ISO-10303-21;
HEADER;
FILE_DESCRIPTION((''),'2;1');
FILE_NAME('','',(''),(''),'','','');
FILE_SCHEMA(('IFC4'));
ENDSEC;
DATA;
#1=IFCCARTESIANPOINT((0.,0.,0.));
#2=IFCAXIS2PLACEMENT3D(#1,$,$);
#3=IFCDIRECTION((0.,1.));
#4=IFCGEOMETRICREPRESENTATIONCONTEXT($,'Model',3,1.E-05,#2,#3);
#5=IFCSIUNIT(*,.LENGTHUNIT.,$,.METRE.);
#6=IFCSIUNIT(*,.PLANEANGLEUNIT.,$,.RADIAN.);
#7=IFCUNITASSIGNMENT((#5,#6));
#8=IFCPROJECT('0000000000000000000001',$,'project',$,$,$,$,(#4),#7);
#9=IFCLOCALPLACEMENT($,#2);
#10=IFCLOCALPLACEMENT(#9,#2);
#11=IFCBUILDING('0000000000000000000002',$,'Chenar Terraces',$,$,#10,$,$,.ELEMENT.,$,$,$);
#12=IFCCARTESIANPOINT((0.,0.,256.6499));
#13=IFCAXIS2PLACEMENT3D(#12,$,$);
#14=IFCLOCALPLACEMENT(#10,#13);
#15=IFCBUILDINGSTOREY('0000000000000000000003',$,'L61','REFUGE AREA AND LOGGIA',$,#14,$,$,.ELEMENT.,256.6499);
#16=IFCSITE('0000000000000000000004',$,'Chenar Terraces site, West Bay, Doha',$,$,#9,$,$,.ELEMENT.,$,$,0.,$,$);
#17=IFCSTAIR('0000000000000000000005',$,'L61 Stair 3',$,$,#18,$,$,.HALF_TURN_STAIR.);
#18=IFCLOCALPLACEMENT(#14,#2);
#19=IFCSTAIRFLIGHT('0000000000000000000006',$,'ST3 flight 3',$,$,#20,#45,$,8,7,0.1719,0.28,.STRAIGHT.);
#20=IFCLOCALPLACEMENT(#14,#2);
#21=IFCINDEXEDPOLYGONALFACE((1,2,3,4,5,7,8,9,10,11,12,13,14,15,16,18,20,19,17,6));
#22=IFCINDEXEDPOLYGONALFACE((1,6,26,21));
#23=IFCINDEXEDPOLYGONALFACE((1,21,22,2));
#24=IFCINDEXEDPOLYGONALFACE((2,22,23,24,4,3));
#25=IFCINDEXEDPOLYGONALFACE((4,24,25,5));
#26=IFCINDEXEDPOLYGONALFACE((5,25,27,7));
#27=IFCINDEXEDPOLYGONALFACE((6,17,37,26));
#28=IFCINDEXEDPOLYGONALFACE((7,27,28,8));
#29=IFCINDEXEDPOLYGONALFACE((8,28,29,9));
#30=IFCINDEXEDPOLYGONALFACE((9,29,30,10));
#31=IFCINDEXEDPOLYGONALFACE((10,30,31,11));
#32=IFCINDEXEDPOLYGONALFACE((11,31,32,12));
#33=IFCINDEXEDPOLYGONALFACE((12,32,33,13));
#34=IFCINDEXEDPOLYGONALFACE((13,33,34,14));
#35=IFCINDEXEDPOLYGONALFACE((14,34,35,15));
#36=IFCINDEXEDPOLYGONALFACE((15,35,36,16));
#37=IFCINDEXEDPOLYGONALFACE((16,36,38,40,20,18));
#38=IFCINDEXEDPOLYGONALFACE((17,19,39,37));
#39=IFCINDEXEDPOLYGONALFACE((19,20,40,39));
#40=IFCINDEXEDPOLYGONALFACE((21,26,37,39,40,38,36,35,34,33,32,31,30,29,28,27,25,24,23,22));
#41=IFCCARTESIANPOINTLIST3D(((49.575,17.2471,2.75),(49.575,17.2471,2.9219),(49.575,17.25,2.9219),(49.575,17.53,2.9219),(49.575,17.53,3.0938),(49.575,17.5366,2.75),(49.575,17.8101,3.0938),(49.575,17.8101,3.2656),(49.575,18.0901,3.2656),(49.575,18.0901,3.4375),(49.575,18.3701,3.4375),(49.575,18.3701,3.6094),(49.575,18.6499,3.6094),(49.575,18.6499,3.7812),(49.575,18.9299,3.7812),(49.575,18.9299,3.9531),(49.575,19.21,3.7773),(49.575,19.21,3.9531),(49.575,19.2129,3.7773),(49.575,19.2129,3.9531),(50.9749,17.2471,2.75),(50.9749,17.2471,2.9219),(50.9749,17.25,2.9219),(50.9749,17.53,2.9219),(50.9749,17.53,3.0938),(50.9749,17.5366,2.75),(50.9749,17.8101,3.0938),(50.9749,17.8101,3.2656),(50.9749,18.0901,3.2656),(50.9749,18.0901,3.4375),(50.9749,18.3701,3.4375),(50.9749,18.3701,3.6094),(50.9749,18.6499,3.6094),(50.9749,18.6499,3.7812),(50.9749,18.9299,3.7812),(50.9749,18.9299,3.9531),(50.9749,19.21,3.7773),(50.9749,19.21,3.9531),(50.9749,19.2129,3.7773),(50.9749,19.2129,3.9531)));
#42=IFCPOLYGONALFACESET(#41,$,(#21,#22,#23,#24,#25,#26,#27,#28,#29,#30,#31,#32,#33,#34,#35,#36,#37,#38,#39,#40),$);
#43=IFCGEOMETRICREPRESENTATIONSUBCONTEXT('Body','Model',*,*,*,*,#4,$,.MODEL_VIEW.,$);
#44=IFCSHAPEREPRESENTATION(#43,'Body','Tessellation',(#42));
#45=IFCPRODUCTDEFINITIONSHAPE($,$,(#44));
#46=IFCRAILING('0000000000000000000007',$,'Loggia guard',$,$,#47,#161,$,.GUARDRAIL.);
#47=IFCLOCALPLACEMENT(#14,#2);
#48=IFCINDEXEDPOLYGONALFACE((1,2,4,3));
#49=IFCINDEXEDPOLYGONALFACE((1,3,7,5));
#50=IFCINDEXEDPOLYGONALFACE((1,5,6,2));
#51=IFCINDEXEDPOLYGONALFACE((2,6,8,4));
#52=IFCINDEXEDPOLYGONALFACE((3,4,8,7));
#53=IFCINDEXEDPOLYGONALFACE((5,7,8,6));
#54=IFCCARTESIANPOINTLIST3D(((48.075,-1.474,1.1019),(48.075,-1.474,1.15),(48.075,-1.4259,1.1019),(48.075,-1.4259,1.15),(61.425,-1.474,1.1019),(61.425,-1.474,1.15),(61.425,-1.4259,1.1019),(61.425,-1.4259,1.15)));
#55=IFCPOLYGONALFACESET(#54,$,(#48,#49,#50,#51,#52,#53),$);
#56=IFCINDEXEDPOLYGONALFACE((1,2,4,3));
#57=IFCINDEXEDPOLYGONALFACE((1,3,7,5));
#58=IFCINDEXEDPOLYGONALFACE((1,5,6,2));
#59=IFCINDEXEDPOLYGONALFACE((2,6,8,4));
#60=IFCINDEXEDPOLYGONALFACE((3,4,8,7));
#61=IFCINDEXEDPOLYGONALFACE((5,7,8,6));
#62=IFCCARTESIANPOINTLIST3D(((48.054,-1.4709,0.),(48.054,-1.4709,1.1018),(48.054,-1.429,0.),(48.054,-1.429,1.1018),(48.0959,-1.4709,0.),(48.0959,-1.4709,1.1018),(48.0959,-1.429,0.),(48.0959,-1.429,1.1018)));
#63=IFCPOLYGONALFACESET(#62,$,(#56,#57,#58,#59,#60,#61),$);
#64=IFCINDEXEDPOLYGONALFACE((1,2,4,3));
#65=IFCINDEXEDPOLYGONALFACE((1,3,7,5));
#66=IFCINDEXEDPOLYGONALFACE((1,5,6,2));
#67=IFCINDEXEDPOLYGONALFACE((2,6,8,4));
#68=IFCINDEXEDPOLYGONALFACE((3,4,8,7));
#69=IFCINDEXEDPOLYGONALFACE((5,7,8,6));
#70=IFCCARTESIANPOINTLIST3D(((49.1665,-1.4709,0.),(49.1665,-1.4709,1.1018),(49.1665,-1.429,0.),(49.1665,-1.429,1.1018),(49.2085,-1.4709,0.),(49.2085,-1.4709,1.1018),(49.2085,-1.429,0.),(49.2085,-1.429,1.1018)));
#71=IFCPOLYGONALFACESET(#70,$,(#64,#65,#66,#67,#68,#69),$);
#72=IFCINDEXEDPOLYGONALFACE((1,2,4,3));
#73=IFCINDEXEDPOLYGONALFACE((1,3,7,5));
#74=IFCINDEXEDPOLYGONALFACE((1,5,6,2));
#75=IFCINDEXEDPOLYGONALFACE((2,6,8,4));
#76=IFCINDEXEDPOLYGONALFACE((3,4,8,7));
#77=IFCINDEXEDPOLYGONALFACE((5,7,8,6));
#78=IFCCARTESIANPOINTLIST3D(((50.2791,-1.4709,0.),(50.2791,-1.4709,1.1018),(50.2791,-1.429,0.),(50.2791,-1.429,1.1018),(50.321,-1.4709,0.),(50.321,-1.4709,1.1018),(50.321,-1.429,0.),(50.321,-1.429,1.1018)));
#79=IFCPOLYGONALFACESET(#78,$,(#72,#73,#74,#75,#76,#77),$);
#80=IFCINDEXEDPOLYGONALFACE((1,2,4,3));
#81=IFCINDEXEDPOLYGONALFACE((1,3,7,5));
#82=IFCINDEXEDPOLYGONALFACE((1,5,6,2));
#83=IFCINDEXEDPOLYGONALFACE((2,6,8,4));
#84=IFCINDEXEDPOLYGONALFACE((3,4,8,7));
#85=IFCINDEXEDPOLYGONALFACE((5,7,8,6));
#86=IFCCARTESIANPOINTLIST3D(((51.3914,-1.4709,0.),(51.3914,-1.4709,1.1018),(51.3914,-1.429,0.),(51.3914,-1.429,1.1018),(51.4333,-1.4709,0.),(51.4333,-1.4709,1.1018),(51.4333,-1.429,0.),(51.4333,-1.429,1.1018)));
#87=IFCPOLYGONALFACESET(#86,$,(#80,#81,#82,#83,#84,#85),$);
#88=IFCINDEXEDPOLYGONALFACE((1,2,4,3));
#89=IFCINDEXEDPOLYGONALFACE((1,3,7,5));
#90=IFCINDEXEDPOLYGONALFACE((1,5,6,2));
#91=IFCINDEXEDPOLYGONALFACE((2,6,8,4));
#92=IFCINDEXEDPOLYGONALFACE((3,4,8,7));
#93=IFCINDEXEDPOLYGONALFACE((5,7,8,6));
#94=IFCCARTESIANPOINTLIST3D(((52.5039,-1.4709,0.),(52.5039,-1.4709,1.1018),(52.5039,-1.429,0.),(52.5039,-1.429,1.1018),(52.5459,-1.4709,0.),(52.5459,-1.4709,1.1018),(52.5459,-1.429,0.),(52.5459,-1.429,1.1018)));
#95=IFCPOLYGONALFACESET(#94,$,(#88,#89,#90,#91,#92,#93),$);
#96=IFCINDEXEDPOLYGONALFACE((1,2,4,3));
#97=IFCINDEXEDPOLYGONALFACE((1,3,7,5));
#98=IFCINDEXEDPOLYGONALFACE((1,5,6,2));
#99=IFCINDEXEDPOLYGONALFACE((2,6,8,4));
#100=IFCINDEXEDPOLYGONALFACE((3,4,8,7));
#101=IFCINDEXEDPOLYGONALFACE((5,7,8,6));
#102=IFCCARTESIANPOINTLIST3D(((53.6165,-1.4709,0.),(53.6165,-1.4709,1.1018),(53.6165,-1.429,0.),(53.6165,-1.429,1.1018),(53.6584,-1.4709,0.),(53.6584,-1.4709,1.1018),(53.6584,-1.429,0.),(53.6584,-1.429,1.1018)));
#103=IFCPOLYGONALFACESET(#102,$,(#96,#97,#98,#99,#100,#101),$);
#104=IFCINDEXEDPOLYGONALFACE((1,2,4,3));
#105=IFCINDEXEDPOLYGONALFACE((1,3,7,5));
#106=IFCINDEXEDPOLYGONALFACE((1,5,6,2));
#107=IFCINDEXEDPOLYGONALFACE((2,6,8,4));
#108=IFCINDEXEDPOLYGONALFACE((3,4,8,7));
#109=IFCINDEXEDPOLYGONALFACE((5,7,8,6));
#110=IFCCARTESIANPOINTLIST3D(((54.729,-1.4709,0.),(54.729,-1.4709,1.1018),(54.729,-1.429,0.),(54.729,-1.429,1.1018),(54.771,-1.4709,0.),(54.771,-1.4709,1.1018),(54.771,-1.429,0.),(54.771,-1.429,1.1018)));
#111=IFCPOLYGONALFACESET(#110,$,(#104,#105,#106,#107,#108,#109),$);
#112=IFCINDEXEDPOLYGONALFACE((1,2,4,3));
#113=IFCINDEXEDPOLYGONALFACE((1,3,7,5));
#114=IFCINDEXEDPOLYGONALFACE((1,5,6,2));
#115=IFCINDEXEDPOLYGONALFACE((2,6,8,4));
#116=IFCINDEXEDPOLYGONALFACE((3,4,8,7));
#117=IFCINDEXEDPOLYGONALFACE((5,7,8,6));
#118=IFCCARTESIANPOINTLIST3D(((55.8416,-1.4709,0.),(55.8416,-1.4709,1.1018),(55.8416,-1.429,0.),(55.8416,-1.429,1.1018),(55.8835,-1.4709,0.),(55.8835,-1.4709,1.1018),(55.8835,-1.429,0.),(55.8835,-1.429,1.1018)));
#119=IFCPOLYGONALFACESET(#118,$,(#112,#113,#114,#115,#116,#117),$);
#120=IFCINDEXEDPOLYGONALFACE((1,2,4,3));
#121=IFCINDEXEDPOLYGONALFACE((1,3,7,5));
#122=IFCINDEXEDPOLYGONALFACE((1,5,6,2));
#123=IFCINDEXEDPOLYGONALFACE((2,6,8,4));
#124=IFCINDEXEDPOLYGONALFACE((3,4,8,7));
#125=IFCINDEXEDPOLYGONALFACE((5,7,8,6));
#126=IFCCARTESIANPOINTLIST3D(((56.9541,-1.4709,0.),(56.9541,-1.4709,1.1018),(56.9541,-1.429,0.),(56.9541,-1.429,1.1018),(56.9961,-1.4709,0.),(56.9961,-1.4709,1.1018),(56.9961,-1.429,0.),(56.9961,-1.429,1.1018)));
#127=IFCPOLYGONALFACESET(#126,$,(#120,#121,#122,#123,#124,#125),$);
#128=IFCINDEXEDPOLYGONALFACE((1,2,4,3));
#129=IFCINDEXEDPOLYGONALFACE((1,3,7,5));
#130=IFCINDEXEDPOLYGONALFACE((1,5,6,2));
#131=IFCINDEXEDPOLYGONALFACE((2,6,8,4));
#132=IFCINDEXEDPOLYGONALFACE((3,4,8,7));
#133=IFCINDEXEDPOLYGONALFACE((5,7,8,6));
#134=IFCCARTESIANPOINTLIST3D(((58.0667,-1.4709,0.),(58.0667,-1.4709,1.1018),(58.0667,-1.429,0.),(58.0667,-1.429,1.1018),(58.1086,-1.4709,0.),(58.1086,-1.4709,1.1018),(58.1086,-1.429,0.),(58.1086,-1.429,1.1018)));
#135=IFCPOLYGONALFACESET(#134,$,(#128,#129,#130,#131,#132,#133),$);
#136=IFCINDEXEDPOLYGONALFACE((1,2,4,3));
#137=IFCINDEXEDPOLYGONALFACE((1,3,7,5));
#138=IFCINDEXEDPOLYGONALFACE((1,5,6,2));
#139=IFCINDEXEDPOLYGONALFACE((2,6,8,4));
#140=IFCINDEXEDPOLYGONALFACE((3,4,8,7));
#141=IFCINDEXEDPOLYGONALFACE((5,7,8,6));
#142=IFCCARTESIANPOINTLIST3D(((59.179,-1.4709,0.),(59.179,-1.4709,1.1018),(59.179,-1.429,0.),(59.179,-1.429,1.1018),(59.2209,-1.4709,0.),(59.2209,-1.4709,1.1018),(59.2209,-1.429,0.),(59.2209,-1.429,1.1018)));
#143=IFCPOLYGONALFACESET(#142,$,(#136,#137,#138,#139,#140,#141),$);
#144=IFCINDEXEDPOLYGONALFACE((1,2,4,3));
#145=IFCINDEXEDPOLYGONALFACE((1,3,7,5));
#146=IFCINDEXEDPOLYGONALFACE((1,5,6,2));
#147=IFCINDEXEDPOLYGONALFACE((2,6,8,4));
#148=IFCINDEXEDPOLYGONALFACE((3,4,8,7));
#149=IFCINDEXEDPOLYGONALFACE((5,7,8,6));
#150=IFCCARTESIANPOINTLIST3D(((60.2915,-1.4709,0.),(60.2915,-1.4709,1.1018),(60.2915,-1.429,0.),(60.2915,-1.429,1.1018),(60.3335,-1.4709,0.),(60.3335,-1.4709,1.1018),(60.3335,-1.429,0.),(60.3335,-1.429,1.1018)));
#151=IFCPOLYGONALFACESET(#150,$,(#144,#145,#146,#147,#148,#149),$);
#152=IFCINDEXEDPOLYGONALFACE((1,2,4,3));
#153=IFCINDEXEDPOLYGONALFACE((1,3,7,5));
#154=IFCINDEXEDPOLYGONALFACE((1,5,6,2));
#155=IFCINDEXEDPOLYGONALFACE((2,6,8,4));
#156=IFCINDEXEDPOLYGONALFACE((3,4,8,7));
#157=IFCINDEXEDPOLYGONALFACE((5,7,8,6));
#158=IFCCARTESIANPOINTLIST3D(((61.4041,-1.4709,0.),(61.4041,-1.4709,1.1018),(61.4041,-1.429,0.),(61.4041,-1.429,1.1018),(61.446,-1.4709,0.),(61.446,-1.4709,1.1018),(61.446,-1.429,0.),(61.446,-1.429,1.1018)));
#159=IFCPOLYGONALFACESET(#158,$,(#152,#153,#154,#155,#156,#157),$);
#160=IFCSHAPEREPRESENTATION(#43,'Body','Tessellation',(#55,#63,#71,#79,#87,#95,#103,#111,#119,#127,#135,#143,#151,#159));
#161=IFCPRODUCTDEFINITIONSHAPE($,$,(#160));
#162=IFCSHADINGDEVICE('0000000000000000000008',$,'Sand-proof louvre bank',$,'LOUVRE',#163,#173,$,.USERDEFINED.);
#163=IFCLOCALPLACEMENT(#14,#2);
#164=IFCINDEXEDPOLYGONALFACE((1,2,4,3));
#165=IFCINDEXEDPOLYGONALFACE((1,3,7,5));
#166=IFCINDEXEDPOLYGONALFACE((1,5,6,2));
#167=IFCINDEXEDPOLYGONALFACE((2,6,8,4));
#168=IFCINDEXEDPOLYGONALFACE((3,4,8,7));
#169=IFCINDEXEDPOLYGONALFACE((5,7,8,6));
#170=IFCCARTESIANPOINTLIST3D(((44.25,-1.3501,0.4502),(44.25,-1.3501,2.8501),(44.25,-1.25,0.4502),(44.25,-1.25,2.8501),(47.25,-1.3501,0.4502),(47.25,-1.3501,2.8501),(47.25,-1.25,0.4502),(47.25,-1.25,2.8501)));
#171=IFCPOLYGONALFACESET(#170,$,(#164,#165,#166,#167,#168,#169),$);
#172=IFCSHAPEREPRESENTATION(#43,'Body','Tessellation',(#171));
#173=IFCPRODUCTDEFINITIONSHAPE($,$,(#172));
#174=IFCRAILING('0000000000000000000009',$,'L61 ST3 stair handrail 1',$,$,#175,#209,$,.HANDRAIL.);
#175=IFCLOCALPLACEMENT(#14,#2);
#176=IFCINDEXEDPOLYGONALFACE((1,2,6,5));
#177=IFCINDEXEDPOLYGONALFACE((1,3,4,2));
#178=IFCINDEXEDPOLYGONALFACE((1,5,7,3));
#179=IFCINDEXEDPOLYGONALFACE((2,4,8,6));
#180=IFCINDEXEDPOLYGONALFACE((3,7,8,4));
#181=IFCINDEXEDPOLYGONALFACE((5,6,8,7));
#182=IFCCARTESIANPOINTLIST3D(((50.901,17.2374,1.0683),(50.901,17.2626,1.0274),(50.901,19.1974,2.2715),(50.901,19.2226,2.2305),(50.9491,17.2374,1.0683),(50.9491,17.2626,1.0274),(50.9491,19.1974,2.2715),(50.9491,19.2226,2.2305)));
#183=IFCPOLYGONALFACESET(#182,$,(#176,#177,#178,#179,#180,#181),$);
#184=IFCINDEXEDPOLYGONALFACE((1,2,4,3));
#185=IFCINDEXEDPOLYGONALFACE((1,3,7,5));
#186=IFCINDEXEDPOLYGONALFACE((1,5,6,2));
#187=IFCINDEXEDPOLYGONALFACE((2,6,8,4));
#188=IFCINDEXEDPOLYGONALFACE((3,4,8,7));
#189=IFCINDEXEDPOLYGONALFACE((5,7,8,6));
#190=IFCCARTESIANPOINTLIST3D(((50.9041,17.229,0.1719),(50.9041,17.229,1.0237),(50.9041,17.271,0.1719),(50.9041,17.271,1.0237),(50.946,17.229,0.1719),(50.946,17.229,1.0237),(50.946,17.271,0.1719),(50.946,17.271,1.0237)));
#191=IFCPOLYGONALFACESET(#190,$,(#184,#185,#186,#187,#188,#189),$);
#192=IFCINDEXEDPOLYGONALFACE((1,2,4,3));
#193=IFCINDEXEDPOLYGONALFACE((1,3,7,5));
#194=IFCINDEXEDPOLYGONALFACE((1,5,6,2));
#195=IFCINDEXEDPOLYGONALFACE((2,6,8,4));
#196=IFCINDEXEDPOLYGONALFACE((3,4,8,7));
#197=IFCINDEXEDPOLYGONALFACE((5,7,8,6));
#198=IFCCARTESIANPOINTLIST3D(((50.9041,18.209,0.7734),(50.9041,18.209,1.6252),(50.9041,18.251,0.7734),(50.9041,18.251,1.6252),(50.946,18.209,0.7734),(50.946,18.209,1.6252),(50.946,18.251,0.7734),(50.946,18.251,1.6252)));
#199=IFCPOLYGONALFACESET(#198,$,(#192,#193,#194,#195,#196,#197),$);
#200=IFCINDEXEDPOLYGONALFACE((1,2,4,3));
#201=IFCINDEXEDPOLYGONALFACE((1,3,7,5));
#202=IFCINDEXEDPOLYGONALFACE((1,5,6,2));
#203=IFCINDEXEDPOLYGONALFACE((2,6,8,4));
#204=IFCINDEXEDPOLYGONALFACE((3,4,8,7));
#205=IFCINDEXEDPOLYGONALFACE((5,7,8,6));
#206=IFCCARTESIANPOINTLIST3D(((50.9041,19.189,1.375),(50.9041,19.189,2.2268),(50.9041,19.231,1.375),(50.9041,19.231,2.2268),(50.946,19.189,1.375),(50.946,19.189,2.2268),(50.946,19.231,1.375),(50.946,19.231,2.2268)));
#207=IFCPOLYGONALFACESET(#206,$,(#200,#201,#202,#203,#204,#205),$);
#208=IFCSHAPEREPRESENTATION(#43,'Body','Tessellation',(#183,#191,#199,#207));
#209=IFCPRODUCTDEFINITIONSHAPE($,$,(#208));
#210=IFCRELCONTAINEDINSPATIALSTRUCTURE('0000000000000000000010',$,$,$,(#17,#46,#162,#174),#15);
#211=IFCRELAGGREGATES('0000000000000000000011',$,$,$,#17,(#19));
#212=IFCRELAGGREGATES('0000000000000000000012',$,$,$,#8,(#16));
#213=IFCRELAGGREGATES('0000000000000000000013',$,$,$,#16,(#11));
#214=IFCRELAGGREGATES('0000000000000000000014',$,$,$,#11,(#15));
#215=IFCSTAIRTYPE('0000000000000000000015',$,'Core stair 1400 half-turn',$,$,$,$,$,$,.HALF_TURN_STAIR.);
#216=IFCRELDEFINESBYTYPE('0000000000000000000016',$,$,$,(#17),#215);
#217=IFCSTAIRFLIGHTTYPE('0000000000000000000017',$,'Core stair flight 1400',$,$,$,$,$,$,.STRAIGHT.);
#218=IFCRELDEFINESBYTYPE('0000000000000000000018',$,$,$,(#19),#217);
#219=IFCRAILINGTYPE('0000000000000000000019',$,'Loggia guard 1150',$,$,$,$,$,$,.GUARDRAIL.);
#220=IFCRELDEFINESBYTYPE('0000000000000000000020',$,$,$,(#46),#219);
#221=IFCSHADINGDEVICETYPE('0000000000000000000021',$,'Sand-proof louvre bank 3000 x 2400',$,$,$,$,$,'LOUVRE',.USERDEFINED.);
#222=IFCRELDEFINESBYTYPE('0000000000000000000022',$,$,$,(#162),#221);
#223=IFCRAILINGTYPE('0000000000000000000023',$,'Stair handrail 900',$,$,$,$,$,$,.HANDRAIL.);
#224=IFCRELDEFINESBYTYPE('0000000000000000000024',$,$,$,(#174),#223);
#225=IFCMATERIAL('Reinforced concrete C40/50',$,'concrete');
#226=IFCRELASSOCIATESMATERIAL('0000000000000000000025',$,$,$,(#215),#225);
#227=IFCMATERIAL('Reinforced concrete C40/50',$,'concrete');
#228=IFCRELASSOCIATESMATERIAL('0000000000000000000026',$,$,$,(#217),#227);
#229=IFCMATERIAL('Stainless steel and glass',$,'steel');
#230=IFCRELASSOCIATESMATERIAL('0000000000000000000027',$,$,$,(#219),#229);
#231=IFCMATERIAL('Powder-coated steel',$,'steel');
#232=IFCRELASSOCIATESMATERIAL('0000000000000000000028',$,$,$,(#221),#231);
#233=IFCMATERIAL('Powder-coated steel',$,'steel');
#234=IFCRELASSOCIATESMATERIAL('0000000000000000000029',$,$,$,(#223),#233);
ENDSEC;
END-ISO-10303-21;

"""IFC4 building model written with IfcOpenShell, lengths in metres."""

from ifc_helpers import new_model, si_unit, direction, frame, origin, origin_2d, place, context, subcontext, project, spatial, polyline, rectangle, outline, extrude, material, type_object, element, aggregate, save


model = new_model("IFC4")

# Units and contexts
model_context = context("Model", 3, precision=1e-05, world=origin(), true_north=direction((0.0, 1.0)))
body_context = subcontext(model_context, "Body", "Model", "MODEL_VIEW")
ifc_project = project(units=[si_unit("LENGTHUNIT", "METRE"), si_unit("PLANEANGLEUNIT", "RADIAN")], contexts=[model_context])

# Site, building, storey
site_placement = place(None, origin())
site = spatial("IfcSite", under=ifc_project, at=site_placement, Name="Chenar Terraces site, West Bay, Doha", CompositionType="ELEMENT", RefElevation=0.0)
building_placement = place(site_placement, origin())
building = spatial("IfcBuilding", under=site, at=building_placement, Name="Chenar Terraces", CompositionType="ELEMENT")
storey_placement = place(building_placement, frame((0.0, 0.0, 256.6499)))
storey = spatial("IfcBuildingStorey", under=building, at=storey_placement, Name="L61", Description="REFUGE AREA AND LOGGIA", CompositionType="ELEMENT", Elevation=256.6499)

# Stair, stair flight
ifc_material_1 = material(Name="Reinforced concrete C40/50", Category="concrete")
stair_type = type_object("IfcStairType", Name="Core stair 1400 half-turn", PredefinedType="HALF_TURN_STAIR", material=ifc_material_1)
stair_placement = place(storey_placement, origin())
stair = element("IfcStair", 1, at=stair_placement, inside=storey, type_object=stair_type, Name="L61 Stair 3", PredefinedType="HALF_TURN_STAIR")
ifc_material_2 = material(Name="Reinforced concrete C40/50", Category="concrete")
stair_flight_type = type_object("IfcStairFlightType", Name="Core stair flight 1400", PredefinedType="STRAIGHT", material=ifc_material_2)
stair_flight_1_placement = place(storey_placement, frame((50.2749, 17.25, 2.75), z_axis=(0.0, 0.0, 1.0), x_axis=(0.0, 1.0, 0.0)))
stair_flight_1 = element("IfcStairFlight", 2, at=stair_flight_1_placement, type_object=stair_flight_type, Name="ST3 flight 3", NumberOfRisers=8, NumberOfTreads=7, PredefinedType="STRAIGHT", RiserHeight=0.1719, TreadLength=0.28, context=body_context, shape_type="SweptSolid", body=[
    extrude(outline(polyline([(-0.0029, 0.0), (-0.0029, 0.1719), (0.0, 0.1719), (0.28, 0.1719), (0.28, 0.3438), (0.5601, 0.3438), (0.5601, 0.5156), (0.8401, 0.5156), (0.8401, 0.6875), (1.1201, 0.6875), (1.1201, 0.8594), (1.3999, 0.8594), (1.3999, 1.0312), (1.6799, 1.0312), (1.6799, 1.2031), (1.96, 1.2031), (1.9629, 1.2031), (1.9629, 1.0273), (1.96, 1.0273), (0.2866, 0.0), (-0.0029, 0.0)])), frame((0.0, 0.7, 0.0), z_axis=(0.0, -1.0, 0.0), x_axis=(1.0, 0.0, 0.0)), (0.0, 0.0, 1.0), 1.3999),
])
aggregate(stair, [stair_flight_1])

# Railing
ifc_material_3 = material(Name="Stainless steel and glass", Category="steel")
railing_type_1 = type_object("IfcRailingType", Name="Loggia guard 1150", PredefinedType="GUARDRAIL", material=ifc_material_3)
railing_1_placement = place(storey_placement, frame((48.075, -1.45, 0.0)))
element("IfcRailing", 3, at=railing_1_placement, inside=storey, type_object=railing_type_1, Name="Loggia guard", PredefinedType="GUARDRAIL", context=body_context, shape_type="SweptSolid", body=[
    extrude(rectangle(XDim=0.0481, YDim=0.0481, at=origin_2d()), frame((0.0, 0.0, 1.126), z_axis=(1.0, 0.0, 0.0), x_axis=(0.0, 1.0, 0.0)), (0.0, 0.0, 1.0), 13.3501),
    extrude(rectangle(XDim=0.042, YDim=0.042, at=origin_2d()), origin(), (0.0, 0.0, 1.0), 1.1018),
    extrude(rectangle(XDim=0.042, YDim=0.042, at=origin_2d()), frame((1.1125, 0.0, 0.0)), (0.0, 0.0, 1.0), 1.1018),
    extrude(rectangle(XDim=0.042, YDim=0.042, at=origin_2d()), frame((2.2251, 0.0, 0.0)), (0.0, 0.0, 1.0), 1.1018),
    extrude(rectangle(XDim=0.042, YDim=0.042, at=origin_2d()), frame((3.3374, 0.0, 0.0)), (0.0, 0.0, 1.0), 1.1018),
    extrude(rectangle(XDim=0.042, YDim=0.042, at=origin_2d()), frame((4.45, 0.0, 0.0)), (0.0, 0.0, 1.0), 1.1018),
    extrude(rectangle(XDim=0.042, YDim=0.042, at=origin_2d()), frame((5.5625, 0.0, 0.0)), (0.0, 0.0, 1.0), 1.1018),
    extrude(rectangle(XDim=0.042, YDim=0.042, at=origin_2d()), frame((6.675, 0.0, 0.0)), (0.0, 0.0, 1.0), 1.1018),
    extrude(rectangle(XDim=0.042, YDim=0.042, at=origin_2d()), frame((7.7876, 0.0, 0.0)), (0.0, 0.0, 1.0), 1.1018),
    extrude(rectangle(XDim=0.042, YDim=0.042, at=origin_2d()), frame((8.9001, 0.0, 0.0)), (0.0, 0.0, 1.0), 1.1018),
    extrude(rectangle(XDim=0.042, YDim=0.042, at=origin_2d()), frame((10.0127, 0.0, 0.0)), (0.0, 0.0, 1.0), 1.1018),
    extrude(rectangle(XDim=0.042, YDim=0.042, at=origin_2d()), frame((11.125, 0.0, 0.0)), (0.0, 0.0, 1.0), 1.1018),
    extrude(rectangle(XDim=0.042, YDim=0.042, at=origin_2d()), frame((12.2375, 0.0, 0.0)), (0.0, 0.0, 1.0), 1.1018),
    extrude(rectangle(XDim=0.042, YDim=0.042, at=origin_2d()), frame((13.3501, 0.0, 0.0)), (0.0, 0.0, 1.0), 1.1018),
])

# Shading device
ifc_material_4 = material(Name="Powder-coated steel", Category="steel")
shading_device_type = type_object("IfcShadingDeviceType", Name="Sand-proof louvre bank 3000 x 2400", ElementType="LOUVRE", PredefinedType="USERDEFINED", material=ifc_material_4)
shading_device_placement = place(storey_placement, frame((45.75, -1.3, 0.4502), z_axis=(0.0, 0.0, 1.0), x_axis=(1.0, 0.0, 0.0)))
element("IfcShadingDevice", 4, at=shading_device_placement, inside=storey, type_object=shading_device_type, Name="Sand-proof louvre bank", ObjectType="LOUVRE", PredefinedType="USERDEFINED", context=body_context, shape_type="SweptSolid", body=[
    extrude(rectangle(XDim=3.0, YDim=0.1001, at=origin_2d()), origin(), (0.0, 0.0, 1.0), 2.3999),
])

# Railing
ifc_material_5 = material(Name="Powder-coated steel", Category="steel")
railing_type_2 = type_object("IfcRailingType", Name="Stair handrail 900", PredefinedType="HANDRAIL", material=ifc_material_5)
railing_2_placement = place(storey_placement, frame((50.925, 17.25, 0.1719)))
element("IfcRailing", 5, at=railing_2_placement, inside=storey, type_object=railing_type_2, Name="L61 ST3 stair handrail 1", PredefinedType="HANDRAIL", context=body_context, shape_type="SweptSolid", body=[
    extrude(rectangle(XDim=0.0481, YDim=0.0481, at=origin_2d()), frame((0.0, 0.0, 0.876), z_axis=(0.0, 0.852241, 0.523149), x_axis=(-1.0, 0.0, 0.0)), (0.0, 0.0, 1.0), 2.2998),
    extrude(rectangle(XDim=0.042, YDim=0.042, at=origin_2d()), origin(), (0.0, 0.0, 1.0), 0.8518),
    extrude(rectangle(XDim=0.042, YDim=0.042, at=origin_2d()), frame((0.0, 0.98, 0.6016)), (0.0, 0.0, 1.0), 0.8518),
    extrude(rectangle(XDim=0.042, YDim=0.042, at=origin_2d()), frame((0.0, 1.96, 1.2031)), (0.0, 0.0, 1.0), 0.8518),
])

save(model, "model.ifc")
